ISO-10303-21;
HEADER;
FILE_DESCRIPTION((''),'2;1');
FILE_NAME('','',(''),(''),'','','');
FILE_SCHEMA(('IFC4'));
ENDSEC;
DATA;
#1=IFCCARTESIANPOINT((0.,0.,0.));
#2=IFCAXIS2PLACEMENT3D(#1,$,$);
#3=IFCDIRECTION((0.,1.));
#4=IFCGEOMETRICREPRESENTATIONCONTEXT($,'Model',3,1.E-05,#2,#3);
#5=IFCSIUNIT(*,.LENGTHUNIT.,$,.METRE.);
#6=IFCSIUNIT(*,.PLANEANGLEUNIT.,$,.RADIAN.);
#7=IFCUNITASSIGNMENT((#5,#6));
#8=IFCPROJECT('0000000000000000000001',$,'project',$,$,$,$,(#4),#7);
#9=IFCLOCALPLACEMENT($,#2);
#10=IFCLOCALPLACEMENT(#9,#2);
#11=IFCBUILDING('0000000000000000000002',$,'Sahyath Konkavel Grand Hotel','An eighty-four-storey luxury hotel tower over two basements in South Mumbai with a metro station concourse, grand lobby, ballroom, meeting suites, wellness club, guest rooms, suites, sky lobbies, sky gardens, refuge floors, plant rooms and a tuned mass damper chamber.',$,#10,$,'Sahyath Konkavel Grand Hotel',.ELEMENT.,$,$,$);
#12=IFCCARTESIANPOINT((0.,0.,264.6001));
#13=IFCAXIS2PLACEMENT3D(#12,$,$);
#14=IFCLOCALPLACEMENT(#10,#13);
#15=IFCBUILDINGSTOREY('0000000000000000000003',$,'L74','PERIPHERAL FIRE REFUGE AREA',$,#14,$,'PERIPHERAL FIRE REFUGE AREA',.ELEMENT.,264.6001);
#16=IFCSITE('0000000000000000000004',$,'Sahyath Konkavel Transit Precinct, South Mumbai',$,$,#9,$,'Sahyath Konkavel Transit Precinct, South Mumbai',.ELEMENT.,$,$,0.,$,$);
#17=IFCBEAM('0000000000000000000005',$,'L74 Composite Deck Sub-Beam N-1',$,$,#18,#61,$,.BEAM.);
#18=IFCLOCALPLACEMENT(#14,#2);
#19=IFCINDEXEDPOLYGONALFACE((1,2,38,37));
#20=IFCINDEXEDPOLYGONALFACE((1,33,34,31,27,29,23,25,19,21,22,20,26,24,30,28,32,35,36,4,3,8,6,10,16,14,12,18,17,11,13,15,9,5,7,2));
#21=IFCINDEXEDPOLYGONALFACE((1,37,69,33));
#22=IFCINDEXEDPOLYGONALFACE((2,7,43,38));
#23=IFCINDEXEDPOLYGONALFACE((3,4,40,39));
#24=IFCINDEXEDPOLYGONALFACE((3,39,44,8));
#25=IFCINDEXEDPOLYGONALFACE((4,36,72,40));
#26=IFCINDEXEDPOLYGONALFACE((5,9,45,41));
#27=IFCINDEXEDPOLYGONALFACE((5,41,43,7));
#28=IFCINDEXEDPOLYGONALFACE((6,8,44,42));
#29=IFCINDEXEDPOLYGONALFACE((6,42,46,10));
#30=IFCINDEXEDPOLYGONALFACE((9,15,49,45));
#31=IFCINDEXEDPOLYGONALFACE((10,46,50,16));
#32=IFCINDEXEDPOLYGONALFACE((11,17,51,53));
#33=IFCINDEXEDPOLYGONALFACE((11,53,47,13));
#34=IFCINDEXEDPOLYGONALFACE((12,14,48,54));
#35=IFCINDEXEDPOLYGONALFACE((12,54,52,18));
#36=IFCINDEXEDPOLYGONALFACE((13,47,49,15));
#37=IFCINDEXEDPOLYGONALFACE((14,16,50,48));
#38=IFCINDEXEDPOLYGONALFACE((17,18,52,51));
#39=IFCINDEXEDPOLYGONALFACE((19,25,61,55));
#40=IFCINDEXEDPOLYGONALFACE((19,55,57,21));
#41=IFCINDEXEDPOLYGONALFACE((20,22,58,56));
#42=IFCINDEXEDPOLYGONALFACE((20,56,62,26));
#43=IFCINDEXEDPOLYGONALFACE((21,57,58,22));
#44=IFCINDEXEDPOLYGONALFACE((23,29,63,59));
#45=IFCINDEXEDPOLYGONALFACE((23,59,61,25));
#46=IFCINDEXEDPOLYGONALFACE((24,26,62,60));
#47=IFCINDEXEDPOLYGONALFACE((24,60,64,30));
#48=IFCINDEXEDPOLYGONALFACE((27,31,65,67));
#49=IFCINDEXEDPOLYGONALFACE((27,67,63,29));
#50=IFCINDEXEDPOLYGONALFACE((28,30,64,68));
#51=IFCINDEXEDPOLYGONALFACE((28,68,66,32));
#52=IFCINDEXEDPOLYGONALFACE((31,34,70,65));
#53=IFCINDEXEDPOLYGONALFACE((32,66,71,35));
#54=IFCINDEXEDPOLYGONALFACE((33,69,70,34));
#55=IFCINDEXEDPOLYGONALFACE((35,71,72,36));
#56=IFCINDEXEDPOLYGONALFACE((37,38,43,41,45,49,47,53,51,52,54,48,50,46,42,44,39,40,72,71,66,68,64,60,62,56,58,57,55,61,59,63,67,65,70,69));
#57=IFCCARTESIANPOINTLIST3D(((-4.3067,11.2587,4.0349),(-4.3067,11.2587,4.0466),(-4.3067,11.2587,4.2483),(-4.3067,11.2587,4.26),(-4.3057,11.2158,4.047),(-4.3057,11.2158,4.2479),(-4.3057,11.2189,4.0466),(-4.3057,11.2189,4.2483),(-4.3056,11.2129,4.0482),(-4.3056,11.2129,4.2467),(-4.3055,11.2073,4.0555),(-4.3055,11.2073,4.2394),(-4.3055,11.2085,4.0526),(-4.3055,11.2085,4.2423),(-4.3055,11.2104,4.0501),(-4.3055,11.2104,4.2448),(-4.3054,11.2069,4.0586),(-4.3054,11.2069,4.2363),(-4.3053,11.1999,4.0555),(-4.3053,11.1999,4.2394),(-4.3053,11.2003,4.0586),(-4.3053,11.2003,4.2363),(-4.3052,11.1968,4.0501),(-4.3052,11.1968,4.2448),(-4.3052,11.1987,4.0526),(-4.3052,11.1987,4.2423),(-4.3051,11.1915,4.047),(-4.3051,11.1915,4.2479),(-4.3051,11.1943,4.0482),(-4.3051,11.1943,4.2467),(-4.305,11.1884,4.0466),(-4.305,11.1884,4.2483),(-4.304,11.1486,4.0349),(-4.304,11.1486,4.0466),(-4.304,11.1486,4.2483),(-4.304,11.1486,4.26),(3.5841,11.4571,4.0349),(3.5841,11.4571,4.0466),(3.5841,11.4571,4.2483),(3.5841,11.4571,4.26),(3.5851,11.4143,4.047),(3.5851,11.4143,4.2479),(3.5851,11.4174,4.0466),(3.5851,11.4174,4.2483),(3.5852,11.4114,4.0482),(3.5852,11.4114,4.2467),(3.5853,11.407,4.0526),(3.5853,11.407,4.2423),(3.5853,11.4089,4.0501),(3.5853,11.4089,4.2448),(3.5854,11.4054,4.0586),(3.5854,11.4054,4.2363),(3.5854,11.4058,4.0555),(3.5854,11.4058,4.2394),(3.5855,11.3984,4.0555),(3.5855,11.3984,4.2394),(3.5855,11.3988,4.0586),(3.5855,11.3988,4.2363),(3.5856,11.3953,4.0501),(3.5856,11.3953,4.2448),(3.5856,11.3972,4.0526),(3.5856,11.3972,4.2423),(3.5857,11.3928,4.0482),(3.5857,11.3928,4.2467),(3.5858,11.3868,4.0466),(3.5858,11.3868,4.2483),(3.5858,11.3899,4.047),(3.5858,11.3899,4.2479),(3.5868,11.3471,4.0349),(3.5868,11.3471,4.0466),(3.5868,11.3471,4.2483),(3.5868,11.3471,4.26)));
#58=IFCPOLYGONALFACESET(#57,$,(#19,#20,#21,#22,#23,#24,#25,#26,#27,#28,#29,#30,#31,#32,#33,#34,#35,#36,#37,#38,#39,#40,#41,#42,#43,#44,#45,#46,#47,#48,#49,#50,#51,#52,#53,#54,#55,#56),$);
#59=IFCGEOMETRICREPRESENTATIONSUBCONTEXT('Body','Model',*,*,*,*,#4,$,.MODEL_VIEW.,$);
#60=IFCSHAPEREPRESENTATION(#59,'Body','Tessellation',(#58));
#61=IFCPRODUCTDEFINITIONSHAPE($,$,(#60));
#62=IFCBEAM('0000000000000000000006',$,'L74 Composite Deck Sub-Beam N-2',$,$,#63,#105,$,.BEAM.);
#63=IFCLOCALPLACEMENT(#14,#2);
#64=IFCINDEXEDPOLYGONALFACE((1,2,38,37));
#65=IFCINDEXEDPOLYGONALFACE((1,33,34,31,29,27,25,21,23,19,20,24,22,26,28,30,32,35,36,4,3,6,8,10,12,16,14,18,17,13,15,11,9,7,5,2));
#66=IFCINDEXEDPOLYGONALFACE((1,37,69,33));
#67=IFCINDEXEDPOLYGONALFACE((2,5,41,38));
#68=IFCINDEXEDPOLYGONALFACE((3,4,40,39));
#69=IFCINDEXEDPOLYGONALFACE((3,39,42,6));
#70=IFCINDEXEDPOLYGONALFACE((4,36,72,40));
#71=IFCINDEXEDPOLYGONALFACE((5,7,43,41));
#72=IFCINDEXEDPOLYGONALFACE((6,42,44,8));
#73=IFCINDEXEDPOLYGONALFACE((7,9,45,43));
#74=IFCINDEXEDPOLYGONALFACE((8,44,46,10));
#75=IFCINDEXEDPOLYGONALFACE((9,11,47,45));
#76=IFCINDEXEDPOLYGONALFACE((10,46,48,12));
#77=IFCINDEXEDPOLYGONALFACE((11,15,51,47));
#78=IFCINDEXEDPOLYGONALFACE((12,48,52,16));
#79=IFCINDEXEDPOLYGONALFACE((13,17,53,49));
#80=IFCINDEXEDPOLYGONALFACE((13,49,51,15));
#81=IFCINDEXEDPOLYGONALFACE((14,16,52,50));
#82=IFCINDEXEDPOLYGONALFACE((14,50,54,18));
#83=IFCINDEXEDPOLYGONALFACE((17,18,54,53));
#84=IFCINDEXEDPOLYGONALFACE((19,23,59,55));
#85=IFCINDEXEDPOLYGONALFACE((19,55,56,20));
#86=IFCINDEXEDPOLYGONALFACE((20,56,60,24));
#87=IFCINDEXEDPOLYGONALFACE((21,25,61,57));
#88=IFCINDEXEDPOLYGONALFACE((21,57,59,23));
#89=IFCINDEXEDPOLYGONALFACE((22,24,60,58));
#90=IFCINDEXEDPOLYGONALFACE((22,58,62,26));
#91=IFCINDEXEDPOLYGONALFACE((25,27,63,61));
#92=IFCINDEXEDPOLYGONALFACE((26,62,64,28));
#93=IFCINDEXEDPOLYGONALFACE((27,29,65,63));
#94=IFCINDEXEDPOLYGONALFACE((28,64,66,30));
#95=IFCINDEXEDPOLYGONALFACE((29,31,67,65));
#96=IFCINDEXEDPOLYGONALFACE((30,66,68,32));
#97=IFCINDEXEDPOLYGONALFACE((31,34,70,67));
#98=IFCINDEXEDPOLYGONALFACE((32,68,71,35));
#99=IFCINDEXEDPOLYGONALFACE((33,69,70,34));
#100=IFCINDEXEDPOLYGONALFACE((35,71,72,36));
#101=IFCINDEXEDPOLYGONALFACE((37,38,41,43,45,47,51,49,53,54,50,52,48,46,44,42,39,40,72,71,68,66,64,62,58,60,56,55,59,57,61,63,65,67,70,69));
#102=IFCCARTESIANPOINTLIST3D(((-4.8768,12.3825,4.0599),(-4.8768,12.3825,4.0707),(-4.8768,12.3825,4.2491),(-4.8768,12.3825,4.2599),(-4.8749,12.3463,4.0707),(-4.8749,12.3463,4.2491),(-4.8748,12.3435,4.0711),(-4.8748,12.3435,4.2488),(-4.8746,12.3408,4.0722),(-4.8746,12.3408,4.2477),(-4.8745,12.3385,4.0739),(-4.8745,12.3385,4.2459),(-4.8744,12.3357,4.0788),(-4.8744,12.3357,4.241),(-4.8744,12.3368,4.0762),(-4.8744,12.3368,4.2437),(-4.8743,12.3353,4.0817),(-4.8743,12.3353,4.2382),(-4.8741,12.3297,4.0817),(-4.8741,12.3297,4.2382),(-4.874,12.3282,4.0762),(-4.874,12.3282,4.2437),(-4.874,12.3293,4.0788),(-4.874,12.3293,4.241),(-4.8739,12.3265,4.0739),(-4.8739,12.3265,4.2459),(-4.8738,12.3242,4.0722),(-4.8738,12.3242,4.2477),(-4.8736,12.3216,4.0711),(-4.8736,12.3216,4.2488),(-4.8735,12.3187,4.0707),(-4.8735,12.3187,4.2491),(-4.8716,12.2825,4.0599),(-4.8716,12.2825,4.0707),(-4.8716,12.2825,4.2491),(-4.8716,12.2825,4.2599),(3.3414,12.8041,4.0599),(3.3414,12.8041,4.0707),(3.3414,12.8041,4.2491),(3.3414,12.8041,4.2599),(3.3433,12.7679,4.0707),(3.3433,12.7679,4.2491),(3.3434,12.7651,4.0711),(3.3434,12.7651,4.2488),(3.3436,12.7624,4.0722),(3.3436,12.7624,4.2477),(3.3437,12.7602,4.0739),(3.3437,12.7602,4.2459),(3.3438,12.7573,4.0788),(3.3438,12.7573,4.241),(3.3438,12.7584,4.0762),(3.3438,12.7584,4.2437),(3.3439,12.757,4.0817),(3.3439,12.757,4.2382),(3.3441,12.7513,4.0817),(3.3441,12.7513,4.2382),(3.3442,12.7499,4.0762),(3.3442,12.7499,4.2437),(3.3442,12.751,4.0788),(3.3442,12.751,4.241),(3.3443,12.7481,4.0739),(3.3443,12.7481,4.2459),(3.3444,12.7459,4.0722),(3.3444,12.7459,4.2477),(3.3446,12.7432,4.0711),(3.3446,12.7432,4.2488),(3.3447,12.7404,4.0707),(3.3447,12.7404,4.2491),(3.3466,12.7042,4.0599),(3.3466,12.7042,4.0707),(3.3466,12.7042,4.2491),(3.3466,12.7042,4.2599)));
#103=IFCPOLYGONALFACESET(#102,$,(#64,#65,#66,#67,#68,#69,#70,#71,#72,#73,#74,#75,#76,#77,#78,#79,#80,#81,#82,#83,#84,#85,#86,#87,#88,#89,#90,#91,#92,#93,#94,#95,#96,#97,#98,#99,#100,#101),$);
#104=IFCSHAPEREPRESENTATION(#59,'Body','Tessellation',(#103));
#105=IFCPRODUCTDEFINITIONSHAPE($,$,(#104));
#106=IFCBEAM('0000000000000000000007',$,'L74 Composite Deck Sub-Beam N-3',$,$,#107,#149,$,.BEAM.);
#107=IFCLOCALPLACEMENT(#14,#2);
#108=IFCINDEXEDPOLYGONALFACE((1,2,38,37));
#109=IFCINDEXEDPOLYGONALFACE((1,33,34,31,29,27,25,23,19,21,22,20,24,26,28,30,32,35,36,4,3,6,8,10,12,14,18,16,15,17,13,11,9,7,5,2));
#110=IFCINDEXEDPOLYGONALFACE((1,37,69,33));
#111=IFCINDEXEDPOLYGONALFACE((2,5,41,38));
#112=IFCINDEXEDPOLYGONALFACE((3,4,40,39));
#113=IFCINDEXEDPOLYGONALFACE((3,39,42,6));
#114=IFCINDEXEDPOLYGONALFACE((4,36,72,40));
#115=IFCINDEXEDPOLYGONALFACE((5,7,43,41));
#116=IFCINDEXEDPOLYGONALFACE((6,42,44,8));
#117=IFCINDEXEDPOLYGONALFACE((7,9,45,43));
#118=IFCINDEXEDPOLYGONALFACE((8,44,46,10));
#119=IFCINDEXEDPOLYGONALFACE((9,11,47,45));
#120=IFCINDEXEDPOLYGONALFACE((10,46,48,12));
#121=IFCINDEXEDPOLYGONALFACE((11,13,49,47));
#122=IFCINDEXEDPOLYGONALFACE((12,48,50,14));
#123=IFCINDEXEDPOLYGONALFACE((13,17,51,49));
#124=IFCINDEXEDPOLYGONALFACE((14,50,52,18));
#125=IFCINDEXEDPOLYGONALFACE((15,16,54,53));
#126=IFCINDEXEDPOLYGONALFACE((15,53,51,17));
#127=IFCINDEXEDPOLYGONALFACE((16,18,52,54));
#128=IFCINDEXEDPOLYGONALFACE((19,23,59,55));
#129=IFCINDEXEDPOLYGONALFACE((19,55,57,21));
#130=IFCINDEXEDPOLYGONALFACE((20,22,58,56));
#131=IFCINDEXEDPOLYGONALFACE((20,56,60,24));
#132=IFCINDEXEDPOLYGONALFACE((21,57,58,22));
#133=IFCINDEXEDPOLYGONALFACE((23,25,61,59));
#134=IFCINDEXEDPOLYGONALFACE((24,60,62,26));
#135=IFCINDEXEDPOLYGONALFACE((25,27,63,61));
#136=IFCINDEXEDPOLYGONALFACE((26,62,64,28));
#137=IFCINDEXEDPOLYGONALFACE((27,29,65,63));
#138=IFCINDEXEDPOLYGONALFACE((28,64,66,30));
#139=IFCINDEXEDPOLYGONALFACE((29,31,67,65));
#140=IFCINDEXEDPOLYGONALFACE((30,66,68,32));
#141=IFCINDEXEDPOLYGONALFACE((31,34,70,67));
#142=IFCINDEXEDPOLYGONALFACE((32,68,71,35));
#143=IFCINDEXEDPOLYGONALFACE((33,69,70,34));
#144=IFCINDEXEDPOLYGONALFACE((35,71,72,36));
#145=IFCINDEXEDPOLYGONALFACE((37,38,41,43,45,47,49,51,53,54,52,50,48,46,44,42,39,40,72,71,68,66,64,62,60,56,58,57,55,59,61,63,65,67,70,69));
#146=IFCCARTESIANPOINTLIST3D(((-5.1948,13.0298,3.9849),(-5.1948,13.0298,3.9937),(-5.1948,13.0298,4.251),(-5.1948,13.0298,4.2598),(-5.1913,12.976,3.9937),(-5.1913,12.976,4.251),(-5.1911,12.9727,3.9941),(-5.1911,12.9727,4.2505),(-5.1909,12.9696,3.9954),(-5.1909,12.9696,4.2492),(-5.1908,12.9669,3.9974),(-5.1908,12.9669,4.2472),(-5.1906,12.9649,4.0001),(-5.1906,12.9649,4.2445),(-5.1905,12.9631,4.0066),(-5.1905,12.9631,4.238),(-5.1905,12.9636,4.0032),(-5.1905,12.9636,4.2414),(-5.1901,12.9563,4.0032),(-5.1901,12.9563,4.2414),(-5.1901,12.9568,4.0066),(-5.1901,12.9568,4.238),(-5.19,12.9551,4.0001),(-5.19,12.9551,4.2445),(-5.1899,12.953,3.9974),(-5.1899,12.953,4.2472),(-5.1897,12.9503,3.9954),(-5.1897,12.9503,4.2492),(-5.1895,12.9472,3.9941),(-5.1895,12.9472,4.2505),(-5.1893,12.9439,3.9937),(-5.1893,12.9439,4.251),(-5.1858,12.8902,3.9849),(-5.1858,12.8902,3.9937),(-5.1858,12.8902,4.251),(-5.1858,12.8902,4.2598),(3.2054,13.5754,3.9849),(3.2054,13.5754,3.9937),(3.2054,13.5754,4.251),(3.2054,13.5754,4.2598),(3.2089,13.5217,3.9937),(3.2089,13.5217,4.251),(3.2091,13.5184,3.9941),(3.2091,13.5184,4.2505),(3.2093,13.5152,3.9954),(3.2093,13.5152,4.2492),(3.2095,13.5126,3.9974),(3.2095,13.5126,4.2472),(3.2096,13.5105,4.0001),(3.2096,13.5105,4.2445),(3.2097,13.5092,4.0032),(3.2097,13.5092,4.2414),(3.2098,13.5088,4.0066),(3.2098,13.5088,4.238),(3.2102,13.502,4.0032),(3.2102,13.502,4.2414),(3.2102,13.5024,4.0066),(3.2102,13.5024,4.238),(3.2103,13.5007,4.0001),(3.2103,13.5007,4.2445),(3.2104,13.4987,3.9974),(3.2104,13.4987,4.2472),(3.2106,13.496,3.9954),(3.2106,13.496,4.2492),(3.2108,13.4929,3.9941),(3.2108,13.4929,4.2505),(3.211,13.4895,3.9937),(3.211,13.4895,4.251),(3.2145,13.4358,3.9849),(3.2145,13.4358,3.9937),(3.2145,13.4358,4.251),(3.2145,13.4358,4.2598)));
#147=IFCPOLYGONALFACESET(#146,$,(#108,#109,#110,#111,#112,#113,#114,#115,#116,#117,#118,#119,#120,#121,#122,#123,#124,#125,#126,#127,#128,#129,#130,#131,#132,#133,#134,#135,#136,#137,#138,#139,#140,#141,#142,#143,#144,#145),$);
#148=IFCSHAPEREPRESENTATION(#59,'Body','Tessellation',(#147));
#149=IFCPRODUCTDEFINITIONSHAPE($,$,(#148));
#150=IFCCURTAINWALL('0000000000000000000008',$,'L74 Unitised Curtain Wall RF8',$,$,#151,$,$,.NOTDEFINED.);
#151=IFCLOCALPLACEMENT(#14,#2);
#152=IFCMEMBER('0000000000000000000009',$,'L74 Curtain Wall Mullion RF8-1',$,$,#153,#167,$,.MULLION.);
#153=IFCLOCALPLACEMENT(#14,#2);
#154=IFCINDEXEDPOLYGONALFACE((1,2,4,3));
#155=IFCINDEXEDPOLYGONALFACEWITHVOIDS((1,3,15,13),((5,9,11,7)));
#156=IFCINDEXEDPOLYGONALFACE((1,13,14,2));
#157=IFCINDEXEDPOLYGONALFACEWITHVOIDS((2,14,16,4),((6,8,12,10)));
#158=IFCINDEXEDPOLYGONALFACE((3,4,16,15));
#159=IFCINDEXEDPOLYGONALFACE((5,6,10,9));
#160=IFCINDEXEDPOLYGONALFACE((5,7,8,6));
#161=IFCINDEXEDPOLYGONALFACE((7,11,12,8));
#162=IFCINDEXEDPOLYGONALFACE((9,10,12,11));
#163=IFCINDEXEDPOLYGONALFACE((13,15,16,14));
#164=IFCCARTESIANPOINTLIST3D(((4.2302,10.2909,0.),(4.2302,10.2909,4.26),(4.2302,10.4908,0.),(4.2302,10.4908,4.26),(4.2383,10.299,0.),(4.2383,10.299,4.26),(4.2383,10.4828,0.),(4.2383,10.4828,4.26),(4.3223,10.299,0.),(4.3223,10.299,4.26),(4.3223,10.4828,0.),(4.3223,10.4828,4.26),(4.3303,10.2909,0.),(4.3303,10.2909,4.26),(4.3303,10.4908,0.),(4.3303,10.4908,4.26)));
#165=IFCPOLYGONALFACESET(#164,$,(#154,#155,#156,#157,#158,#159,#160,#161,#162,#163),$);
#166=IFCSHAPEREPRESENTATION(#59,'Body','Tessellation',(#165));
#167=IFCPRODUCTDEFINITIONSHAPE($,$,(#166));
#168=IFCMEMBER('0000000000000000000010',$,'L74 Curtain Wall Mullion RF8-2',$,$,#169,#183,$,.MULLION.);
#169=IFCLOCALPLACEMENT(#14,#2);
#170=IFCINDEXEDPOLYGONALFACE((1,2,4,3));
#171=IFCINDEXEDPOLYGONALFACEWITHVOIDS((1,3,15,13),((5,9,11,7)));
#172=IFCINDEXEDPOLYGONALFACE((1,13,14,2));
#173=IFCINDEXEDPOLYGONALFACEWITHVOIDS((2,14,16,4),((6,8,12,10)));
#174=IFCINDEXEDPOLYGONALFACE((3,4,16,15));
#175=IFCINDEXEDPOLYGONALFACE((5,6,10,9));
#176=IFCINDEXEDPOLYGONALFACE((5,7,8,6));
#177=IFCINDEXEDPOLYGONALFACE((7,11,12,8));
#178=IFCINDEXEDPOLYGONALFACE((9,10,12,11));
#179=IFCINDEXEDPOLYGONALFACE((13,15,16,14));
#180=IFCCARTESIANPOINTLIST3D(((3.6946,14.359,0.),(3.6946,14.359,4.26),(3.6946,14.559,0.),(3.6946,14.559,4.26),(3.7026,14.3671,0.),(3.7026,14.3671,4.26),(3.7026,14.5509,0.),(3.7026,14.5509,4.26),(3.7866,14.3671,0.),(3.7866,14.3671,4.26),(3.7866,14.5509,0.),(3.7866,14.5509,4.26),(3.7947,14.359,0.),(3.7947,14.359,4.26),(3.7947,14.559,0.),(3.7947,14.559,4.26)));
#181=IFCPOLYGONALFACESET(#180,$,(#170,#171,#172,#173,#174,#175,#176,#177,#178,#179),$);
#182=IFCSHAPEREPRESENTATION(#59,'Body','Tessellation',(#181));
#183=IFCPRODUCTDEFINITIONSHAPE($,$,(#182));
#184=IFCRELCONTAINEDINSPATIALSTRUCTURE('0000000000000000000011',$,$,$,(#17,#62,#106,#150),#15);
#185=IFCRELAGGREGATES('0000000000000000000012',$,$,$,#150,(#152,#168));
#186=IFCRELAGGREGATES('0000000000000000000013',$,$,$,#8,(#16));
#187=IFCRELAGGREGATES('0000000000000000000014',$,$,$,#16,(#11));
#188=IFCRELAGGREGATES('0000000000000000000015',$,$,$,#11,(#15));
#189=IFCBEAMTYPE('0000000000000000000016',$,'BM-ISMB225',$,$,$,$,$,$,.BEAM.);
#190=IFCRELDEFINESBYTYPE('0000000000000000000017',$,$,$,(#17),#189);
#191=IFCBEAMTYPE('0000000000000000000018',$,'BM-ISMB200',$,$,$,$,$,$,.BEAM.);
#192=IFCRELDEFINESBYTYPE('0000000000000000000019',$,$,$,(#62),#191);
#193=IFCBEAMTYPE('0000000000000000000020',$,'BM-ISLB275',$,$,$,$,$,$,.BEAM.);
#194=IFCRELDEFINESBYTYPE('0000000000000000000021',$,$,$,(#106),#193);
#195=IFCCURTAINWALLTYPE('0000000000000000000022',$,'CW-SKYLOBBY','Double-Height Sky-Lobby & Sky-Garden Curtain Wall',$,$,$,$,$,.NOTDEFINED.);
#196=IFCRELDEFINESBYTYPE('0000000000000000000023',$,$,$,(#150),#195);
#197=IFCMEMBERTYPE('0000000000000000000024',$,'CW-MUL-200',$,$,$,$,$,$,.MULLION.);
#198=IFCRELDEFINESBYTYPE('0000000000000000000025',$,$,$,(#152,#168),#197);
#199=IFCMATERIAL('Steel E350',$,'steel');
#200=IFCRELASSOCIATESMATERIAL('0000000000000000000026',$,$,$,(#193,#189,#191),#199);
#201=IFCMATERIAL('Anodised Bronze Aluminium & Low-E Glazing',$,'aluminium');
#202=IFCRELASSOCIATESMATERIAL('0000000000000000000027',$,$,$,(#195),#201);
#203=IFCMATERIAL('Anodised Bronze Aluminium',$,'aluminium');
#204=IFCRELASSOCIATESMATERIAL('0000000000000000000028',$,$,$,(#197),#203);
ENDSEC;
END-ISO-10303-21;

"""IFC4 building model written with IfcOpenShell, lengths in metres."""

from ifc_helpers import new_model, si_unit, direction, frame, origin, origin_2d, place, context, subcontext, project, spatial, hollow_rectangle, i_section, extrude, source, transform, mapped, material, material_profile, profile_set, type_object, element, aggregate, save


model = new_model("IFC4")

# Units and contexts
model_context = context("Model", 3, precision=1e-05, world=origin(), true_north=direction((0.0, 1.0)))
body_context = subcontext(model_context, "Body", "Model", "MODEL_VIEW")
ifc_project = project(units=[si_unit("LENGTHUNIT", "METRE"), si_unit("PLANEANGLEUNIT", "RADIAN")], contexts=[model_context])

# Site, building, storey
site_placement = place(None, origin())
site = spatial("IfcSite", under=ifc_project, at=site_placement, Name="Sahyath Konkavel Transit Precinct, South Mumbai", LongName="Sahyath Konkavel Transit Precinct, South Mumbai", CompositionType="ELEMENT", RefElevation=0.0)
building_placement = place(site_placement, origin())
building = spatial("IfcBuilding", under=site, at=building_placement, Name="Sahyath Konkavel Grand Hotel", Description="An eighty-four-storey luxury hotel tower over two basements in South Mumbai with a metro station concourse, grand lobby, ballroom, meeting suites, wellness club, guest rooms, suites, sky lobbies, sky gardens, refuge floors, plant rooms and a tuned mass damper chamber.", LongName="Sahyath Konkavel Grand Hotel", CompositionType="ELEMENT")
storey_placement = place(building_placement, frame((0.0, 0.0, 264.6001)))
storey = spatial("IfcBuildingStorey", under=building, at=storey_placement, Name="L74", Description="PERIPHERAL FIRE REFUGE AREA", LongName="PERIPHERAL FIRE REFUGE AREA", CompositionType="ELEMENT", Elevation=264.6001)

# Shared definitions
ifc_material_1 = material(Name="Steel E350", Category="steel")
ifc_material_profile_1 = material_profile(ifc_material_1, i_section(OverallWidth=0.1399, OverallDepth=0.2749, WebThickness=0.0063, FlangeThickness=0.0088, FilletRadius=0.0129, at=origin_2d()), Name="ISLB 275")
ifc_profile_set_1 = profile_set([ifc_material_profile_1], Name="Steel E350")
beam_type_1 = type_object("IfcBeamType", Name="BM-ISLB275", PredefinedType="BEAM", material=ifc_profile_set_1)

# Beams
ifc_material_profile_2 = material_profile(ifc_material_1, i_section(OverallWidth=0.1101, OverallDepth=0.2251, WebThickness=0.0066, FlangeThickness=0.0117, FilletRadius=0.012, at=origin_2d()), Name="ISMB 225")
ifc_profile_set_2 = profile_set([ifc_material_profile_2], Name="Steel E350")
beam_type_2 = type_object("IfcBeamType", Name="BM-ISMB225", PredefinedType="BEAM", material=ifc_profile_set_2)
shared_shape_1 = source(origin(), body_context, "Body", "SweptSolid", [
    extrude(i_section(OverallWidth=0.1101, OverallDepth=0.2251, WebThickness=0.0066, FlangeThickness=0.0117, FilletRadius=0.012, at=origin_2d()), origin(), (0.0, 0.0, 1.0), 7.8933),
])
beam_1_placement = place(storey_placement, frame((3.5854, 11.4021, 4.1475), z_axis=(-0.999684, -0.025146, 0.0), x_axis=(0.025146, -0.999684, 0.0)))
element("IfcBeam", 1, at=beam_1_placement, inside=storey, type_object=beam_type_2, Name="L74 Composite Deck Sub-Beam N-1", PredefinedType="BEAM", context=body_context, shape_type="MappedRepresentation", body=[
    mapped(shared_shape_1, transform((0.0, 0.0, 0.0), scale=1.0)),
])
ifc_material_profile_3 = material_profile(ifc_material_1, i_section(OverallWidth=0.1001, OverallDepth=0.2, WebThickness=0.0056, FlangeThickness=0.0107, FilletRadius=0.011, at=origin_2d()), Name="ISMB 200")
ifc_profile_set_3 = profile_set([ifc_material_profile_3], Name="Steel E350")
beam_type_3 = type_object("IfcBeamType", Name="BM-ISMB200", PredefinedType="BEAM", material=ifc_profile_set_3)
shared_shape_2 = source(origin(), body_context, "Body", "SweptSolid", [
    extrude(i_section(OverallWidth=0.1001, OverallDepth=0.2, WebThickness=0.0056, FlangeThickness=0.0107, FilletRadius=0.011, at=origin_2d()), origin(), (0.0, 0.0, 1.0), 8.229),
])
beam_2_placement = place(storey_placement, frame((3.344, 12.7542, 4.1599), z_axis=(-0.998687, -0.051237, 0.0), x_axis=(0.051237, -0.998687, 0.0)))
element("IfcBeam", 2, at=beam_2_placement, inside=storey, type_object=beam_type_3, Name="L74 Composite Deck Sub-Beam N-2", PredefinedType="BEAM", context=body_context, shape_type="MappedRepresentation", body=[
    mapped(shared_shape_2, transform((0.0, 0.0, 0.0), scale=1.0)),
])
shared_shape_3 = source(origin(), body_context, "Body", "SweptSolid", [
    extrude(i_section(OverallWidth=0.1399, OverallDepth=0.2749, WebThickness=0.0063, FlangeThickness=0.0088, FilletRadius=0.0129, at=origin_2d()), origin(), (0.0, 0.0, 1.0), 8.418),
])
beam_3_placement = place(storey_placement, frame((3.21, 13.5056, 4.1223), z_axis=(-0.997897, -0.064821, 0.0), x_axis=(0.064821, -0.997897, 0.0)))
element("IfcBeam", 3, at=beam_3_placement, inside=storey, type_object=beam_type_1, Name="L74 Composite Deck Sub-Beam N-3", PredefinedType="BEAM", context=body_context, shape_type="MappedRepresentation", body=[
    mapped(shared_shape_3, transform((0.0, 0.0, 0.0), scale=1.0)),
])

# Curtain wall, members
ifc_material_2 = material(Name="Anodised Bronze Aluminium & Low-E Glazing", Category="aluminium")
curtain_wall_type = type_object("IfcCurtainWallType", Name="CW-SKYLOBBY", Description="Double-Height Sky-Lobby & Sky-Garden Curtain Wall", PredefinedType="NOTDEFINED", material=ifc_material_2)
curtain_wall_placement = place(storey_placement, origin())
curtain_wall = element("IfcCurtainWall", 4, at=curtain_wall_placement, inside=storey, type_object=curtain_wall_type, Name="L74 Unitised Curtain Wall RF8", PredefinedType="NOTDEFINED")
ifc_material_3 = material(Name="Anodised Bronze Aluminium", Category="aluminium")
ifc_material_profile_4 = material_profile(ifc_material_3, hollow_rectangle(XDim=0.1001, YDim=0.2, WallThickness=0.0081, at=origin_2d()), Name="RHS 200x100x8")
ifc_profile_set_4 = profile_set([ifc_material_profile_4], Name="Anodised Bronze Aluminium")
member_type_1 = type_object("IfcMemberType", Name="CW-MUL-200", PredefinedType="MULLION", material=ifc_profile_set_4)
shared_shape_4 = source(origin(), body_context, "Body", "SweptSolid", [
    extrude(hollow_rectangle(XDim=0.1001, YDim=0.2, WallThickness=0.0081, at=origin_2d()), origin(), (0.0, 0.0, 1.0), 4.26),
])
member_1_placement = place(storey_placement, frame((4.2803, 10.3909, 0.0), z_axis=(0.0, 0.0, 1.0), x_axis=(1.0, 0.0, 0.0)))
member_1 = element("IfcMember", 5, at=member_1_placement, type_object=member_type_1, Name="L74 Curtain Wall Mullion RF8-1", PredefinedType="MULLION", context=body_context, shape_type="MappedRepresentation", body=[
    mapped(shared_shape_4, transform((0.0, 0.0, 0.0), scale=1.0)),
])
member_2_placement = place(storey_placement, frame((3.7446, 14.459, 0.0), z_axis=(0.0, 0.0, 1.0), x_axis=(1.0, 0.0, 0.0)))
member_2 = element("IfcMember", 6, at=member_2_placement, type_object=member_type_1, Name="L74 Curtain Wall Mullion RF8-2", PredefinedType="MULLION", context=body_context, shape_type="MappedRepresentation", body=[
    mapped(shared_shape_4, transform((0.0, 0.0, 0.0), scale=1.0)),
])

aggregate(curtain_wall, [member_1, member_2])

save(model, "model.ifc")
